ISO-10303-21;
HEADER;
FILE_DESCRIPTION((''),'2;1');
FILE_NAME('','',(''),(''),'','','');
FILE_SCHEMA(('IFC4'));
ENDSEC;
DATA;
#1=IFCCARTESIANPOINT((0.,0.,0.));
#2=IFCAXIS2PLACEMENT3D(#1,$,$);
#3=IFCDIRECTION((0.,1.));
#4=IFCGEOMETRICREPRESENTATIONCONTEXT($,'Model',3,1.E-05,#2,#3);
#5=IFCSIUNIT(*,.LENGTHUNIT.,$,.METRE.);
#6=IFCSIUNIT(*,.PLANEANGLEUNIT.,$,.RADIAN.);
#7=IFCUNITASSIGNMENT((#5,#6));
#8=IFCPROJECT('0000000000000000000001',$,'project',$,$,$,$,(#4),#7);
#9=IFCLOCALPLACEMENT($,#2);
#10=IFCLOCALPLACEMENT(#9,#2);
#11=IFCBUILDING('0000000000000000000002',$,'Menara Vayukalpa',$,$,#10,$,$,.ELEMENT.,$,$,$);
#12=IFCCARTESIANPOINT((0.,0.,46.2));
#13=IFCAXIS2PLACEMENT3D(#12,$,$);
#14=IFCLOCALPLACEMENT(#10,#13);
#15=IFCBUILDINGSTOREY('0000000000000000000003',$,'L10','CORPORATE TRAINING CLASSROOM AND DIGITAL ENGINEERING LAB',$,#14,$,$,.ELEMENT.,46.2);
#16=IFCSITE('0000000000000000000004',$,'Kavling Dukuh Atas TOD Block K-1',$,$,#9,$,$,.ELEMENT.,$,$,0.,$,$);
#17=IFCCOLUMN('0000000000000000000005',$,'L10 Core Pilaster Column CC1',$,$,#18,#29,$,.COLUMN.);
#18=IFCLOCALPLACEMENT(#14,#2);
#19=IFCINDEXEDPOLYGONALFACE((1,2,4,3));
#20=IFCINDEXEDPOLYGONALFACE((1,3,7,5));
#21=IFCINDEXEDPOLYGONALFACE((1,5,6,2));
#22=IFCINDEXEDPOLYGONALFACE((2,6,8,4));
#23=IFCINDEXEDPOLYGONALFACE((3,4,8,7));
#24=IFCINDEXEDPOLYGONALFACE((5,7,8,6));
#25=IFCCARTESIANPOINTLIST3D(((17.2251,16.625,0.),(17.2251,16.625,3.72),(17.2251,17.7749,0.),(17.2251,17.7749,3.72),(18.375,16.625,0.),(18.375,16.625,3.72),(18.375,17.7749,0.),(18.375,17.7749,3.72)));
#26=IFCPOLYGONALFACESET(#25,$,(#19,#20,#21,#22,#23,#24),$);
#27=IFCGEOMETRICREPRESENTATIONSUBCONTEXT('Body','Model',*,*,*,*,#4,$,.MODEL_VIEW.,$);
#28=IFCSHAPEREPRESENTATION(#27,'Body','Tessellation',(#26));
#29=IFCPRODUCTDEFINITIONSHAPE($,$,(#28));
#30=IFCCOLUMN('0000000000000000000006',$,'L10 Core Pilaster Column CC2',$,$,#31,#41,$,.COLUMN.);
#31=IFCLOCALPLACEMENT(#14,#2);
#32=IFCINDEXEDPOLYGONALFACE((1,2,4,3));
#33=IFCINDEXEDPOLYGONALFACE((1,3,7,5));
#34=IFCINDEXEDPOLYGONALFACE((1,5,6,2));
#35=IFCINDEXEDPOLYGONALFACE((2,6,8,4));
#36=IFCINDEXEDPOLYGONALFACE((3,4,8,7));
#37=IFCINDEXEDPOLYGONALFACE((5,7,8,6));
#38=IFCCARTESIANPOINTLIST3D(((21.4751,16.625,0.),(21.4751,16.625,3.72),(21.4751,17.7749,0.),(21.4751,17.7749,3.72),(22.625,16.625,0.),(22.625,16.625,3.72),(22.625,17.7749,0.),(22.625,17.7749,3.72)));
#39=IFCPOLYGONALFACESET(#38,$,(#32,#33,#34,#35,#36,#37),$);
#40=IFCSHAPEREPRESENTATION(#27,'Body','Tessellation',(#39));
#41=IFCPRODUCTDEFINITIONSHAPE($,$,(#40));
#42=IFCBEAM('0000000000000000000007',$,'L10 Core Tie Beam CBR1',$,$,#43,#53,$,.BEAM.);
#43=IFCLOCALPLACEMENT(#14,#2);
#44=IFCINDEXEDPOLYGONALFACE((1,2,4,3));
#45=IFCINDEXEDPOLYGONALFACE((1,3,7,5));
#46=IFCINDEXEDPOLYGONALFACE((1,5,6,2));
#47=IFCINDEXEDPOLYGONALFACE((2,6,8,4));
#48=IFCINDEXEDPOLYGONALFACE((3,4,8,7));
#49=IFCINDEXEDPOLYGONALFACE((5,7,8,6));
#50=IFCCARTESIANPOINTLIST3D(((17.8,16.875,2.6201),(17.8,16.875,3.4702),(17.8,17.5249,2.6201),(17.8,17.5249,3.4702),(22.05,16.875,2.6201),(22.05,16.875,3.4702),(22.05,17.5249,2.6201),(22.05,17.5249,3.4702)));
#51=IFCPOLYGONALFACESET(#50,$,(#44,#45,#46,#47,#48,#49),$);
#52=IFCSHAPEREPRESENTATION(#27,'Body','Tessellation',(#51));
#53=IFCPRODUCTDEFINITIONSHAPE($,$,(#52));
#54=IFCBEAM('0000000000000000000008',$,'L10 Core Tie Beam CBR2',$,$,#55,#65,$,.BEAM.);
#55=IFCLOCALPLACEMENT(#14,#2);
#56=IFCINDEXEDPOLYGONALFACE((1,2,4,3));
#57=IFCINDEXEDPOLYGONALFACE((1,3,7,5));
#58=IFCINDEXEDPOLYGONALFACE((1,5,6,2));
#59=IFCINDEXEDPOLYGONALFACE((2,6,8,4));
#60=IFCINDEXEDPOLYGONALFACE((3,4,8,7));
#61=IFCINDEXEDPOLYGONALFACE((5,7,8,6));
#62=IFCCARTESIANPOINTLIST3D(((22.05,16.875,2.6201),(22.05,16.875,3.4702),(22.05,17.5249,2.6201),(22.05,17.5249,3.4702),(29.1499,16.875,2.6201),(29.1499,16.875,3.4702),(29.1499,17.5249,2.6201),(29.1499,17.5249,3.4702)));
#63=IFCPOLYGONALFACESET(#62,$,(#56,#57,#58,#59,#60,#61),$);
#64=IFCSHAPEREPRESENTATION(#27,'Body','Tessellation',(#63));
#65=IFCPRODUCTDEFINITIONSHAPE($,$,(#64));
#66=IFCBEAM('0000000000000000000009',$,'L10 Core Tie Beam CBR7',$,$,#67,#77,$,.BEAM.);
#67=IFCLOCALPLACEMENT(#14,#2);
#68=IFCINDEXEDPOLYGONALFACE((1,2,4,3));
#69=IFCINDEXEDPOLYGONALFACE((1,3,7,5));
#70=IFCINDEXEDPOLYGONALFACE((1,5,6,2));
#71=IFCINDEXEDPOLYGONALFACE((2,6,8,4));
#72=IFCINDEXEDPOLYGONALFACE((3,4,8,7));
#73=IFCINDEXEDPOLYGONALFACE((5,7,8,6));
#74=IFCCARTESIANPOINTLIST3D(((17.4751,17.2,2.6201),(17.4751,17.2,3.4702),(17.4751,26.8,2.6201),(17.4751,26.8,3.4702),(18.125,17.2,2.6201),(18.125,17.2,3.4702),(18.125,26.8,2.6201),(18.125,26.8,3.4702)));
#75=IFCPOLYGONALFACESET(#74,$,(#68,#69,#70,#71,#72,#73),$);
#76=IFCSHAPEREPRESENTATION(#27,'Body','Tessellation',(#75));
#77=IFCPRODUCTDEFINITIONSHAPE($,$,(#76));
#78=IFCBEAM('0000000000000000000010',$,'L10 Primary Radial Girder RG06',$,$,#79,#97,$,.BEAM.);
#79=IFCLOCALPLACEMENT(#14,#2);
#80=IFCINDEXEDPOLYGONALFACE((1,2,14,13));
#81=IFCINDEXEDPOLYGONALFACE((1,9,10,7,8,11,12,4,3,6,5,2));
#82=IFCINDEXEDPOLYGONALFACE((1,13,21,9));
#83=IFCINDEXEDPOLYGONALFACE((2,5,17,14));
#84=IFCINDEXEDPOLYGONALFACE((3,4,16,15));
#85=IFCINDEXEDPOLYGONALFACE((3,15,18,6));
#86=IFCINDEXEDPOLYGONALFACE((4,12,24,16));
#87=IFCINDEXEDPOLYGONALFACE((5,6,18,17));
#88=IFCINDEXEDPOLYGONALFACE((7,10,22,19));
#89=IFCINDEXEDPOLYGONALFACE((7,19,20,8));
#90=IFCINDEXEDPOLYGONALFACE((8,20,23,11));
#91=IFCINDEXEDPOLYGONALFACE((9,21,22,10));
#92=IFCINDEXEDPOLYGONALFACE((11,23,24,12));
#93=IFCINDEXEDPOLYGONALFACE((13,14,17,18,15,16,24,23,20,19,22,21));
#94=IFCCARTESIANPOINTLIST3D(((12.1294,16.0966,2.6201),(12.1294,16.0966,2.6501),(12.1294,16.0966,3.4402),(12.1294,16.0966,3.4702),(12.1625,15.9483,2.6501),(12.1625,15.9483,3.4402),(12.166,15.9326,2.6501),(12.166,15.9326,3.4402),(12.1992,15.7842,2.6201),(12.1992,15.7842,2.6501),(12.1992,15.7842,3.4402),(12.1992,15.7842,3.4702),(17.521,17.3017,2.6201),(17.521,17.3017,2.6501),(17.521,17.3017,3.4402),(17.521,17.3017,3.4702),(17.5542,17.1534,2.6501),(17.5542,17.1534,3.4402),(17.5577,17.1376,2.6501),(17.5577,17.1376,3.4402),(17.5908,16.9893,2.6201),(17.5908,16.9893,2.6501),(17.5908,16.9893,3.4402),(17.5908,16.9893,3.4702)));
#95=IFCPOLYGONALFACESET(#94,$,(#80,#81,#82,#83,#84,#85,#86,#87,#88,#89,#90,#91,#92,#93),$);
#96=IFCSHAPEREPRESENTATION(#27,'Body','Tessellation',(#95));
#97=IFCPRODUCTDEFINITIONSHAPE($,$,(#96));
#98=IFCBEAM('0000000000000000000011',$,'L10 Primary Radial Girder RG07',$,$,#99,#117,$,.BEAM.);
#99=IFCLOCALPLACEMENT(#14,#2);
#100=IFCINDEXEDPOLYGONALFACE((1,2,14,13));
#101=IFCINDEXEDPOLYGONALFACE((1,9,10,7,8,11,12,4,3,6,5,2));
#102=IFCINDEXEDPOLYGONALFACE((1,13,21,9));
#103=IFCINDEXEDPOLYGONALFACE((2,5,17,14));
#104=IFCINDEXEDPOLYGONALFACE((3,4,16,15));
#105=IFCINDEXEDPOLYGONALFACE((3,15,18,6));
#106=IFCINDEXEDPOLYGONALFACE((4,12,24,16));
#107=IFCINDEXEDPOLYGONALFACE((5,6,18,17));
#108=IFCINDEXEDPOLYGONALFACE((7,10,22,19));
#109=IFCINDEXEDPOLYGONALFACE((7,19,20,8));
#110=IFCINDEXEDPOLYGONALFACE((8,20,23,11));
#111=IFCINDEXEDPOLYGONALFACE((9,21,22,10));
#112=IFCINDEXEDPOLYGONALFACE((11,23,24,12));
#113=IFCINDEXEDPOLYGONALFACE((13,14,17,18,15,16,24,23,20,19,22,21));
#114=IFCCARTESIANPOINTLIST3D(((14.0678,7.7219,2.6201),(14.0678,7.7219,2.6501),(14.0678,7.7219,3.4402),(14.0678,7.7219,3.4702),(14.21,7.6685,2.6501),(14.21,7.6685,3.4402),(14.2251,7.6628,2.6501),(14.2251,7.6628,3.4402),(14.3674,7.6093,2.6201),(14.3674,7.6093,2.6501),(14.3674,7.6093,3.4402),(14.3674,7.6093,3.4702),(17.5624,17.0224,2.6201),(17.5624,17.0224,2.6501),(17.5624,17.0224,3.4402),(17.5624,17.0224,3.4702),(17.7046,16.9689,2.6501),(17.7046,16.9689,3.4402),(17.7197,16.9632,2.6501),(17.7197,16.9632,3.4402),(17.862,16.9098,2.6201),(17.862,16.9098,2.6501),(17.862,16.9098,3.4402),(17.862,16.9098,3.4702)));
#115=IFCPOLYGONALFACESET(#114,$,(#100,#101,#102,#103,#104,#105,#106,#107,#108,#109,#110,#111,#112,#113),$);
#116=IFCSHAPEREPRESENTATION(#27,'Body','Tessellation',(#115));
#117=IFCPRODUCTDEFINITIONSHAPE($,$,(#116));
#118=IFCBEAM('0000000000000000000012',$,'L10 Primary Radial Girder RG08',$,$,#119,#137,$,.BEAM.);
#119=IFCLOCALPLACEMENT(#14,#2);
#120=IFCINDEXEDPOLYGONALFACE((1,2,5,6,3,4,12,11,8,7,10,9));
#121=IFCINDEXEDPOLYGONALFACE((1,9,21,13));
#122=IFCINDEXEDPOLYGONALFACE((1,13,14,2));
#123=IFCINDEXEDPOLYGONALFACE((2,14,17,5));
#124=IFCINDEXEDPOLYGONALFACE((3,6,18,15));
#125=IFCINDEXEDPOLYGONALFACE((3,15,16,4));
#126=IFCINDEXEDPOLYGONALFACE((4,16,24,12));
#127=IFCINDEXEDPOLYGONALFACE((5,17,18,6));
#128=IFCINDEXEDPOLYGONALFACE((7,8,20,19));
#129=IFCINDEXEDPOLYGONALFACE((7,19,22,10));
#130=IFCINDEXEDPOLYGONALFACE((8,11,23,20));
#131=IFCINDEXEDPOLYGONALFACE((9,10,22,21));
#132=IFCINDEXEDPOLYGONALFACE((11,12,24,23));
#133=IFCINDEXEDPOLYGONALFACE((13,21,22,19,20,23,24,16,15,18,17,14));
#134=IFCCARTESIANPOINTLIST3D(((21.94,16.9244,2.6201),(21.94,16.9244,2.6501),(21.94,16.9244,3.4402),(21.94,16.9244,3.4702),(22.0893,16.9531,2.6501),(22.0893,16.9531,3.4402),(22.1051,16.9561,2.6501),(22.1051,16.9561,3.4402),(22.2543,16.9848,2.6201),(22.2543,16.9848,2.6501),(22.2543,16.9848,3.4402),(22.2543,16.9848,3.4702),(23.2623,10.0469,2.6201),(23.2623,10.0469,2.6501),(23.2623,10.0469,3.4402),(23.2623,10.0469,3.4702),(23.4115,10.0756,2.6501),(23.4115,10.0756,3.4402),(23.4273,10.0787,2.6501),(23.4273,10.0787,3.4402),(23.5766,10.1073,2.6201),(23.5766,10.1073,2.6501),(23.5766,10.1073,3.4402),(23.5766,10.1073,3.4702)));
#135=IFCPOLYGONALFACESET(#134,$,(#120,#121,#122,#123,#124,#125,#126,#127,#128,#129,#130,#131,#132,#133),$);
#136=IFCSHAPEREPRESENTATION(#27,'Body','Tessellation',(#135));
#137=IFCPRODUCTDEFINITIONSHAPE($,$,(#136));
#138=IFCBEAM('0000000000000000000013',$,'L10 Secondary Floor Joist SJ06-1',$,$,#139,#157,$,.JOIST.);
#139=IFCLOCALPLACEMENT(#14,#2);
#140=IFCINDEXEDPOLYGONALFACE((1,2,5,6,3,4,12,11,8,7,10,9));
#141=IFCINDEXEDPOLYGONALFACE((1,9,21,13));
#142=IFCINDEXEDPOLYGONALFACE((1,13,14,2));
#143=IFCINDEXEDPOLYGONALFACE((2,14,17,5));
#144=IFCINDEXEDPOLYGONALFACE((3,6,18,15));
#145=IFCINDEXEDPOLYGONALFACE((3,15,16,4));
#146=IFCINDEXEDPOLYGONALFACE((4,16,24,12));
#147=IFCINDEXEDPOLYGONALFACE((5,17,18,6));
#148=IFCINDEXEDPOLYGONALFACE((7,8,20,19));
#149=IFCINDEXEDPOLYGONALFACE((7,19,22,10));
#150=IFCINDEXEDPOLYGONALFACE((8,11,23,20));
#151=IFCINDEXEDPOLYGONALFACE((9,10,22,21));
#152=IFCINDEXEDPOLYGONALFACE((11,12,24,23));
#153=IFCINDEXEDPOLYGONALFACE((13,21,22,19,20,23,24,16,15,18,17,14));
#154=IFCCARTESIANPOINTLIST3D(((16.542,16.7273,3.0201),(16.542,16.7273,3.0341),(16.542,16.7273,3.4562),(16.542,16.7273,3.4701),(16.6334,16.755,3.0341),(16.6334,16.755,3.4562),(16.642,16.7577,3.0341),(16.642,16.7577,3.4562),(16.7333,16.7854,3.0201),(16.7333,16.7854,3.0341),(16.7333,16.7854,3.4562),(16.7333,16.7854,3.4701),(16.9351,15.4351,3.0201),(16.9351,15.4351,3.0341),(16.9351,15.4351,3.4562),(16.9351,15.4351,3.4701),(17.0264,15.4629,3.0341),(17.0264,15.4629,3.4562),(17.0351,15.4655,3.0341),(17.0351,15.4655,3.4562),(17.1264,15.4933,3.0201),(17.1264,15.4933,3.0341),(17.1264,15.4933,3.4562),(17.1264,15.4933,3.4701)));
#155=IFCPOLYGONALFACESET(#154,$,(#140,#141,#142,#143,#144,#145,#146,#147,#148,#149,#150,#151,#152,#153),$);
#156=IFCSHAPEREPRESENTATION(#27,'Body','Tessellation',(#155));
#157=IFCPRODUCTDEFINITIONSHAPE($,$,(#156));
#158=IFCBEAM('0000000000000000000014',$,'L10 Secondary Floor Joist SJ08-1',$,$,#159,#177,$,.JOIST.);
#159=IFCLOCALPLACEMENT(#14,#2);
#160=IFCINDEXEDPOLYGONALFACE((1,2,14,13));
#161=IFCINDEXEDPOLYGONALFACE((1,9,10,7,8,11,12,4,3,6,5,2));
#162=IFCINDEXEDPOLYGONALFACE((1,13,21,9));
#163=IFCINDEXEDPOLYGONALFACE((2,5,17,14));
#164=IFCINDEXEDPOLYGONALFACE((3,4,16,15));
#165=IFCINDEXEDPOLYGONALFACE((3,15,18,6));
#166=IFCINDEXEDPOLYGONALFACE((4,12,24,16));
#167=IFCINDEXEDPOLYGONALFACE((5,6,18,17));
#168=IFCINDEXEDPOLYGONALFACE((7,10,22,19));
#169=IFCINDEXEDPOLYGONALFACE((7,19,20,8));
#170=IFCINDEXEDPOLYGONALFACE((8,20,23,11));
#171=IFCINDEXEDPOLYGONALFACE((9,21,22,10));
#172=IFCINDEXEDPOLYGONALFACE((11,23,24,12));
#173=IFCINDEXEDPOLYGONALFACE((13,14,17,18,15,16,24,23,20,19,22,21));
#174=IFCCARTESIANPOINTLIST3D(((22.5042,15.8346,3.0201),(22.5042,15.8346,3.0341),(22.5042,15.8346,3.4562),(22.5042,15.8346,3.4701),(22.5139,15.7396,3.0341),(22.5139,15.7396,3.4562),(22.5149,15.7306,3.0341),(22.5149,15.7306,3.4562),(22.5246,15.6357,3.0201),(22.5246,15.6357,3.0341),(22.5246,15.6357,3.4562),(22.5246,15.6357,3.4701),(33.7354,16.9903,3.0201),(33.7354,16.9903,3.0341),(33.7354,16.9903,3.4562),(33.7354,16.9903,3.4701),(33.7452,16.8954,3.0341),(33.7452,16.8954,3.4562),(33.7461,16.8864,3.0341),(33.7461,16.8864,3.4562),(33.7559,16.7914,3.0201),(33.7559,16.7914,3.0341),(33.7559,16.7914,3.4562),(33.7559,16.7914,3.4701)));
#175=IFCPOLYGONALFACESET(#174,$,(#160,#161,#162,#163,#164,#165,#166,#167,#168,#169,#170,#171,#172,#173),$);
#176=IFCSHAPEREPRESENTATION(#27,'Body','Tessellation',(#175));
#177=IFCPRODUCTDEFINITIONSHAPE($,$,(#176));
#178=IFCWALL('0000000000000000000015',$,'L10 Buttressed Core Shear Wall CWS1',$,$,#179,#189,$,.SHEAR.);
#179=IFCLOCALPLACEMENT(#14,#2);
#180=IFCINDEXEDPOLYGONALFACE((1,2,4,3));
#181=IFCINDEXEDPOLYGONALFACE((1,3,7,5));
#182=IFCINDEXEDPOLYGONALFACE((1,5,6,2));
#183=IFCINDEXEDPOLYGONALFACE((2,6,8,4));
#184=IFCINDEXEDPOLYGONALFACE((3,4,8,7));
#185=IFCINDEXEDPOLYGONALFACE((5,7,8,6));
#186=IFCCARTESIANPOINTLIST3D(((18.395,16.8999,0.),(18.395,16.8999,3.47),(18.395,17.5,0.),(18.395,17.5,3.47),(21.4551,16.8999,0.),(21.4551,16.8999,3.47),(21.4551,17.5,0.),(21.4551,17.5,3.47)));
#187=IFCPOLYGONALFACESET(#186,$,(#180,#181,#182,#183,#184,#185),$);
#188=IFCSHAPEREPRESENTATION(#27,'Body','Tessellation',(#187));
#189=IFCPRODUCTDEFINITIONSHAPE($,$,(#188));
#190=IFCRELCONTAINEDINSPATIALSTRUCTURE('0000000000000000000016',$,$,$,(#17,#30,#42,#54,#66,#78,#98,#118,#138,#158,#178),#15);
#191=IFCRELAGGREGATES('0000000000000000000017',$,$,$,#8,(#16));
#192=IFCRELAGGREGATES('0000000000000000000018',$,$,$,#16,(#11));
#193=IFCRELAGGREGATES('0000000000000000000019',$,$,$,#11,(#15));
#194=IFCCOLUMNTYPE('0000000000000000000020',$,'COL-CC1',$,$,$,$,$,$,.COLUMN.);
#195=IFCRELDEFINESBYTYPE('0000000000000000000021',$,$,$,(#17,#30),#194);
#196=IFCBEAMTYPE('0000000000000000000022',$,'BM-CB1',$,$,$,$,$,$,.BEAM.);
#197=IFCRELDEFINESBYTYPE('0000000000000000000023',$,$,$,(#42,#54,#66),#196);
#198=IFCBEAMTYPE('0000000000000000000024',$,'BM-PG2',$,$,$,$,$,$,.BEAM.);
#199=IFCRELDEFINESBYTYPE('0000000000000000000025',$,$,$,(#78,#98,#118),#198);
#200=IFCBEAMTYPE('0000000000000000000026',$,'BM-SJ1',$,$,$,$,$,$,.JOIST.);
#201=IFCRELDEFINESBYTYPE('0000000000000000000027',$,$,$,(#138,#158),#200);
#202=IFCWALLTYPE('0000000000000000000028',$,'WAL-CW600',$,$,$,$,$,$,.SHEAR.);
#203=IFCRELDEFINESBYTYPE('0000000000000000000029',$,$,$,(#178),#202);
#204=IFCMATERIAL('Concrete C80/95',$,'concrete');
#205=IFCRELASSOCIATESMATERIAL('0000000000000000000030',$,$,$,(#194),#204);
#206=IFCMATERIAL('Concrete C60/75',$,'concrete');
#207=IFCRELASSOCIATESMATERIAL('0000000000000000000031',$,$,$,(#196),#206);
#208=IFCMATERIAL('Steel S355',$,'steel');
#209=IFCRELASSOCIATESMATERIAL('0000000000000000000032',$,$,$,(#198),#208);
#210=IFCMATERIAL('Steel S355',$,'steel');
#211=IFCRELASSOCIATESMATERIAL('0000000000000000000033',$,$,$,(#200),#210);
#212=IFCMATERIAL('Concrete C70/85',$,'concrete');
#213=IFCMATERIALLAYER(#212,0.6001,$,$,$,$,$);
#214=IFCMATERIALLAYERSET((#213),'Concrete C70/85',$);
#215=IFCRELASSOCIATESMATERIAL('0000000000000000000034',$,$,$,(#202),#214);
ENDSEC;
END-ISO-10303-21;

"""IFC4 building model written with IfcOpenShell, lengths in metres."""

from ifc_helpers import new_model, si_unit, direction, frame, frame_2d, origin, origin_2d, place, context, subcontext, project, spatial, rectangle, i_section, extrude, material, layer, layer_set, material_profile, profile_set, type_object, element, save


model = new_model("IFC4")

# Units and contexts
model_context = context("Model", 3, precision=1e-05, world=origin(), true_north=direction((0.0, 1.0)))
body_context = subcontext(model_context, "Body", "Model", "MODEL_VIEW")
ifc_project = project(units=[si_unit("LENGTHUNIT", "METRE"), si_unit("PLANEANGLEUNIT", "RADIAN")], contexts=[model_context])

# Site, building, storey
site_placement = place(None, origin())
site = spatial("IfcSite", under=ifc_project, at=site_placement, Name="Kavling Dukuh Atas TOD Block K-1", CompositionType="ELEMENT", RefElevation=0.0)
building_placement = place(site_placement, origin())
building = spatial("IfcBuilding", under=site, at=building_placement, Name="Menara Vayukalpa", CompositionType="ELEMENT")
storey_placement = place(building_placement, frame((0.0, 0.0, 46.2)))
storey = spatial("IfcBuildingStorey", under=building, at=storey_placement, Name="L10", Description="CORPORATE TRAINING CLASSROOM AND DIGITAL ENGINEERING LAB", CompositionType="ELEMENT", Elevation=46.2)

# Columns
ifc_material_1 = material(Name="Concrete C80/95", Category="concrete")
ifc_material_profile_1 = material_profile(ifc_material_1, rectangle(XDim=1.1499, YDim=1.1499, at=origin_2d()), Name="RC 1150x1150")
ifc_profile_set_1 = profile_set([ifc_material_profile_1], Name="Concrete C80/95")
column_type = type_object("IfcColumnType", Name="COL-CC1", PredefinedType="COLUMN", material=ifc_profile_set_1)
for number, where, z_axis, x_axis, name in (
    (1, (17.8, 17.2, 0.0), (0.0, 0.0, 1.0), (1.0, 0.0, 0.0), "L10 Core Pilaster Column CC1"),
    (2, (22.05, 17.2, 0.0), (0.0, 0.0, 1.0), (1.0, 0.0, 0.0), "L10 Core Pilaster Column CC2"),
):
    element("IfcColumn", number, at=place(storey_placement, frame(where, z_axis=z_axis, x_axis=x_axis)), inside=storey, type_object=column_type, Name=name, PredefinedType="COLUMN", context=body_context, shape_type="SweptSolid", body=[
        extrude(rectangle(XDim=1.1499, YDim=1.1499, at=origin_2d()), origin(), (0.0, 0.0, 1.0), 3.72),
    ])

# Beams
ifc_material_2 = material(Name="Concrete C60/75", Category="concrete")
ifc_material_profile_2 = material_profile(ifc_material_2, rectangle(XDim=0.6499, YDim=0.8501, at=origin_2d()), Name="RC 650x850")
ifc_profile_set_2 = profile_set([ifc_material_profile_2], Name="Concrete C60/75")
beam_type_1 = type_object("IfcBeamType", Name="BM-CB1", PredefinedType="BEAM", material=ifc_profile_set_2)
beam_1_placement = place(storey_placement, frame((17.8, 17.2, 3.0452), z_axis=(1.0, 0.0, 0.0), x_axis=(0.0, 1.0, 0.0)))
element("IfcBeam", 3, at=beam_1_placement, inside=storey, type_object=beam_type_1, Name="L10 Core Tie Beam CBR1", PredefinedType="BEAM", context=body_context, shape_type="SweptSolid", body=[
    extrude(rectangle(XDim=0.6499, YDim=0.8501, at=origin_2d()), origin(), (0.0, 0.0, 1.0), 4.25),
])
beam_2_placement = place(storey_placement, frame((22.05, 17.2, 3.0452), z_axis=(1.0, 0.0, 0.0), x_axis=(0.0, 1.0, 0.0)))
element("IfcBeam", 4, at=beam_2_placement, inside=storey, type_object=beam_type_1, Name="L10 Core Tie Beam CBR2", PredefinedType="BEAM", context=body_context, shape_type="SweptSolid", body=[
    extrude(rectangle(XDim=0.6499, YDim=0.8501, at=origin_2d()), origin(), (0.0, 0.0, 1.0), 7.0999),
])
beam_3_placement = place(storey_placement, frame((17.8, 17.2, 3.0452), z_axis=(0.0, 1.0, 0.0), x_axis=(-1.0, 0.0, 0.0)))
element("IfcBeam", 5, at=beam_3_placement, inside=storey, type_object=beam_type_1, Name="L10 Core Tie Beam CBR7", PredefinedType="BEAM", context=body_context, shape_type="SweptSolid", body=[
    extrude(rectangle(XDim=0.6499, YDim=0.8501, at=origin_2d()), origin(), (0.0, 0.0, 1.0), 9.6001),
])
ifc_material_3 = material(Name="Steel S355", Category="steel")
ifc_material_profile_3 = material_profile(ifc_material_3, i_section(OverallWidth=0.3201, OverallDepth=0.8501, WebThickness=0.0161, FlangeThickness=0.03, at=origin_2d()), Name="WF 850x320x16x30")
ifc_profile_set_3 = profile_set([ifc_material_profile_3], Name="Steel S355")
beam_type_2 = type_object("IfcBeamType", Name="BM-PG2", PredefinedType="BEAM", material=ifc_profile_set_3)
beam_4_placement = place(storey_placement, frame((17.5559, 17.1455, 3.0452), z_axis=(-0.97592, -0.218128, 0.0), x_axis=(0.218128, -0.97592, 0.0)))
element("IfcBeam", 6, at=beam_4_placement, inside=storey, type_object=beam_type_2, Name="L10 Primary Radial Girder RG06", PredefinedType="BEAM", context=body_context, shape_type="SweptSolid", body=[
    extrude(i_section(OverallWidth=0.3201, OverallDepth=0.8501, WebThickness=0.0161, FlangeThickness=0.03, at=origin_2d()), origin(), (0.0, 0.0, 1.0), 5.5247),
])
beam_5_placement = place(storey_placement, frame((17.7122, 16.9661, 3.0452), z_axis=(-0.351735, -0.9361, 0.0), x_axis=(0.9361, -0.351735, 0.0)))
element("IfcBeam", 7, at=beam_5_placement, inside=storey, type_object=beam_type_2, Name="L10 Primary Radial Girder RG07", PredefinedType="BEAM", context=body_context, shape_type="SweptSolid", body=[
    extrude(i_section(OverallWidth=0.3201, OverallDepth=0.8501, WebThickness=0.0161, FlangeThickness=0.03, at=origin_2d()), origin(), (0.0, 0.0, 1.0), 9.9353),
])
beam_6_placement = place(storey_placement, frame((22.0972, 16.9546, 3.0452), z_axis=(0.188803, -0.982015, 0.0), x_axis=(0.982015, 0.188803, 0.0)))
element("IfcBeam", 8, at=beam_6_placement, inside=storey, type_object=beam_type_2, Name="L10 Primary Radial Girder RG08", PredefinedType="BEAM", context=body_context, shape_type="SweptSolid", body=[
    extrude(i_section(OverallWidth=0.3201, OverallDepth=0.8501, WebThickness=0.0161, FlangeThickness=0.03, at=origin_2d()), origin(), (0.0, 0.0, 1.0), 7.0034),
])
ifc_material_4 = material(Name="Steel S355", Category="steel")
ifc_material_profile_4 = material_profile(ifc_material_4, i_section(OverallWidth=0.2, OverallDepth=0.45, WebThickness=0.009, FlangeThickness=0.0139, at=origin_2d()), Name="WF 450x200x9x14")
ifc_profile_set_4 = profile_set([ifc_material_profile_4], Name="Steel S355")
beam_type_3 = type_object("IfcBeamType", Name="BM-SJ1", PredefinedType="JOIST", material=ifc_profile_set_4)
beam_7_placement = place(storey_placement, frame((16.6377, 16.7563, 3.2451), z_axis=(0.291011, -0.95672, 0.0), x_axis=(0.95672, 0.291011, 0.0)))
element("IfcBeam", 9, at=beam_7_placement, inside=storey, type_object=beam_type_3, Name="L10 Secondary Floor Joist SJ06-1", PredefinedType="JOIST", context=body_context, shape_type="SweptSolid", body=[
    extrude(i_section(OverallWidth=0.2, OverallDepth=0.45, WebThickness=0.009, FlangeThickness=0.0139, at=origin_2d()), origin(), (0.0, 0.0, 1.0), 1.3506),
])
beam_8_placement = place(storey_placement, frame((22.5144, 15.7351, 3.2451), z_axis=(0.994747, 0.102366, 0.0), x_axis=(-0.102366, 0.994747, 0.0)))
element("IfcBeam", 10, at=beam_8_placement, inside=storey, type_object=beam_type_3, Name="L10 Secondary Floor Joist SJ08-1", PredefinedType="JOIST", context=body_context, shape_type="SweptSolid", body=[
    extrude(i_section(OverallWidth=0.2, OverallDepth=0.45, WebThickness=0.009, FlangeThickness=0.0139, at=origin_2d()), origin(), (0.0, 0.0, 1.0), 11.2905),
])

# Wall
ifc_material_5 = material(Name="Concrete C70/85", Category="concrete")
ifc_layer_1 = layer(ifc_material_5, 0.6001)
ifc_layer_set_1 = layer_set([ifc_layer_1], Name="Concrete C70/85")
wall_type_1 = type_object("IfcWallType", Name="WAL-CW600", PredefinedType="SHEAR", material=ifc_layer_set_1)
wall_1_placement = place(storey_placement, frame((18.395, 17.2, 0.0), z_axis=(0.0, 0.0, 1.0), x_axis=(1.0, 0.0, 0.0)))
element("IfcWall", 11, at=wall_1_placement, inside=storey, type_object=wall_type_1, Name="L10 Buttressed Core Shear Wall CWS1", PredefinedType="SHEAR", context=body_context, shape_type="SweptSolid", body=[
    extrude(rectangle(XDim=3.0601, YDim=0.6001, at=frame_2d((1.53, 0.0))), origin(), (0.0, 0.0, 1.0), 3.47),
])

save(model, "model.ifc")
